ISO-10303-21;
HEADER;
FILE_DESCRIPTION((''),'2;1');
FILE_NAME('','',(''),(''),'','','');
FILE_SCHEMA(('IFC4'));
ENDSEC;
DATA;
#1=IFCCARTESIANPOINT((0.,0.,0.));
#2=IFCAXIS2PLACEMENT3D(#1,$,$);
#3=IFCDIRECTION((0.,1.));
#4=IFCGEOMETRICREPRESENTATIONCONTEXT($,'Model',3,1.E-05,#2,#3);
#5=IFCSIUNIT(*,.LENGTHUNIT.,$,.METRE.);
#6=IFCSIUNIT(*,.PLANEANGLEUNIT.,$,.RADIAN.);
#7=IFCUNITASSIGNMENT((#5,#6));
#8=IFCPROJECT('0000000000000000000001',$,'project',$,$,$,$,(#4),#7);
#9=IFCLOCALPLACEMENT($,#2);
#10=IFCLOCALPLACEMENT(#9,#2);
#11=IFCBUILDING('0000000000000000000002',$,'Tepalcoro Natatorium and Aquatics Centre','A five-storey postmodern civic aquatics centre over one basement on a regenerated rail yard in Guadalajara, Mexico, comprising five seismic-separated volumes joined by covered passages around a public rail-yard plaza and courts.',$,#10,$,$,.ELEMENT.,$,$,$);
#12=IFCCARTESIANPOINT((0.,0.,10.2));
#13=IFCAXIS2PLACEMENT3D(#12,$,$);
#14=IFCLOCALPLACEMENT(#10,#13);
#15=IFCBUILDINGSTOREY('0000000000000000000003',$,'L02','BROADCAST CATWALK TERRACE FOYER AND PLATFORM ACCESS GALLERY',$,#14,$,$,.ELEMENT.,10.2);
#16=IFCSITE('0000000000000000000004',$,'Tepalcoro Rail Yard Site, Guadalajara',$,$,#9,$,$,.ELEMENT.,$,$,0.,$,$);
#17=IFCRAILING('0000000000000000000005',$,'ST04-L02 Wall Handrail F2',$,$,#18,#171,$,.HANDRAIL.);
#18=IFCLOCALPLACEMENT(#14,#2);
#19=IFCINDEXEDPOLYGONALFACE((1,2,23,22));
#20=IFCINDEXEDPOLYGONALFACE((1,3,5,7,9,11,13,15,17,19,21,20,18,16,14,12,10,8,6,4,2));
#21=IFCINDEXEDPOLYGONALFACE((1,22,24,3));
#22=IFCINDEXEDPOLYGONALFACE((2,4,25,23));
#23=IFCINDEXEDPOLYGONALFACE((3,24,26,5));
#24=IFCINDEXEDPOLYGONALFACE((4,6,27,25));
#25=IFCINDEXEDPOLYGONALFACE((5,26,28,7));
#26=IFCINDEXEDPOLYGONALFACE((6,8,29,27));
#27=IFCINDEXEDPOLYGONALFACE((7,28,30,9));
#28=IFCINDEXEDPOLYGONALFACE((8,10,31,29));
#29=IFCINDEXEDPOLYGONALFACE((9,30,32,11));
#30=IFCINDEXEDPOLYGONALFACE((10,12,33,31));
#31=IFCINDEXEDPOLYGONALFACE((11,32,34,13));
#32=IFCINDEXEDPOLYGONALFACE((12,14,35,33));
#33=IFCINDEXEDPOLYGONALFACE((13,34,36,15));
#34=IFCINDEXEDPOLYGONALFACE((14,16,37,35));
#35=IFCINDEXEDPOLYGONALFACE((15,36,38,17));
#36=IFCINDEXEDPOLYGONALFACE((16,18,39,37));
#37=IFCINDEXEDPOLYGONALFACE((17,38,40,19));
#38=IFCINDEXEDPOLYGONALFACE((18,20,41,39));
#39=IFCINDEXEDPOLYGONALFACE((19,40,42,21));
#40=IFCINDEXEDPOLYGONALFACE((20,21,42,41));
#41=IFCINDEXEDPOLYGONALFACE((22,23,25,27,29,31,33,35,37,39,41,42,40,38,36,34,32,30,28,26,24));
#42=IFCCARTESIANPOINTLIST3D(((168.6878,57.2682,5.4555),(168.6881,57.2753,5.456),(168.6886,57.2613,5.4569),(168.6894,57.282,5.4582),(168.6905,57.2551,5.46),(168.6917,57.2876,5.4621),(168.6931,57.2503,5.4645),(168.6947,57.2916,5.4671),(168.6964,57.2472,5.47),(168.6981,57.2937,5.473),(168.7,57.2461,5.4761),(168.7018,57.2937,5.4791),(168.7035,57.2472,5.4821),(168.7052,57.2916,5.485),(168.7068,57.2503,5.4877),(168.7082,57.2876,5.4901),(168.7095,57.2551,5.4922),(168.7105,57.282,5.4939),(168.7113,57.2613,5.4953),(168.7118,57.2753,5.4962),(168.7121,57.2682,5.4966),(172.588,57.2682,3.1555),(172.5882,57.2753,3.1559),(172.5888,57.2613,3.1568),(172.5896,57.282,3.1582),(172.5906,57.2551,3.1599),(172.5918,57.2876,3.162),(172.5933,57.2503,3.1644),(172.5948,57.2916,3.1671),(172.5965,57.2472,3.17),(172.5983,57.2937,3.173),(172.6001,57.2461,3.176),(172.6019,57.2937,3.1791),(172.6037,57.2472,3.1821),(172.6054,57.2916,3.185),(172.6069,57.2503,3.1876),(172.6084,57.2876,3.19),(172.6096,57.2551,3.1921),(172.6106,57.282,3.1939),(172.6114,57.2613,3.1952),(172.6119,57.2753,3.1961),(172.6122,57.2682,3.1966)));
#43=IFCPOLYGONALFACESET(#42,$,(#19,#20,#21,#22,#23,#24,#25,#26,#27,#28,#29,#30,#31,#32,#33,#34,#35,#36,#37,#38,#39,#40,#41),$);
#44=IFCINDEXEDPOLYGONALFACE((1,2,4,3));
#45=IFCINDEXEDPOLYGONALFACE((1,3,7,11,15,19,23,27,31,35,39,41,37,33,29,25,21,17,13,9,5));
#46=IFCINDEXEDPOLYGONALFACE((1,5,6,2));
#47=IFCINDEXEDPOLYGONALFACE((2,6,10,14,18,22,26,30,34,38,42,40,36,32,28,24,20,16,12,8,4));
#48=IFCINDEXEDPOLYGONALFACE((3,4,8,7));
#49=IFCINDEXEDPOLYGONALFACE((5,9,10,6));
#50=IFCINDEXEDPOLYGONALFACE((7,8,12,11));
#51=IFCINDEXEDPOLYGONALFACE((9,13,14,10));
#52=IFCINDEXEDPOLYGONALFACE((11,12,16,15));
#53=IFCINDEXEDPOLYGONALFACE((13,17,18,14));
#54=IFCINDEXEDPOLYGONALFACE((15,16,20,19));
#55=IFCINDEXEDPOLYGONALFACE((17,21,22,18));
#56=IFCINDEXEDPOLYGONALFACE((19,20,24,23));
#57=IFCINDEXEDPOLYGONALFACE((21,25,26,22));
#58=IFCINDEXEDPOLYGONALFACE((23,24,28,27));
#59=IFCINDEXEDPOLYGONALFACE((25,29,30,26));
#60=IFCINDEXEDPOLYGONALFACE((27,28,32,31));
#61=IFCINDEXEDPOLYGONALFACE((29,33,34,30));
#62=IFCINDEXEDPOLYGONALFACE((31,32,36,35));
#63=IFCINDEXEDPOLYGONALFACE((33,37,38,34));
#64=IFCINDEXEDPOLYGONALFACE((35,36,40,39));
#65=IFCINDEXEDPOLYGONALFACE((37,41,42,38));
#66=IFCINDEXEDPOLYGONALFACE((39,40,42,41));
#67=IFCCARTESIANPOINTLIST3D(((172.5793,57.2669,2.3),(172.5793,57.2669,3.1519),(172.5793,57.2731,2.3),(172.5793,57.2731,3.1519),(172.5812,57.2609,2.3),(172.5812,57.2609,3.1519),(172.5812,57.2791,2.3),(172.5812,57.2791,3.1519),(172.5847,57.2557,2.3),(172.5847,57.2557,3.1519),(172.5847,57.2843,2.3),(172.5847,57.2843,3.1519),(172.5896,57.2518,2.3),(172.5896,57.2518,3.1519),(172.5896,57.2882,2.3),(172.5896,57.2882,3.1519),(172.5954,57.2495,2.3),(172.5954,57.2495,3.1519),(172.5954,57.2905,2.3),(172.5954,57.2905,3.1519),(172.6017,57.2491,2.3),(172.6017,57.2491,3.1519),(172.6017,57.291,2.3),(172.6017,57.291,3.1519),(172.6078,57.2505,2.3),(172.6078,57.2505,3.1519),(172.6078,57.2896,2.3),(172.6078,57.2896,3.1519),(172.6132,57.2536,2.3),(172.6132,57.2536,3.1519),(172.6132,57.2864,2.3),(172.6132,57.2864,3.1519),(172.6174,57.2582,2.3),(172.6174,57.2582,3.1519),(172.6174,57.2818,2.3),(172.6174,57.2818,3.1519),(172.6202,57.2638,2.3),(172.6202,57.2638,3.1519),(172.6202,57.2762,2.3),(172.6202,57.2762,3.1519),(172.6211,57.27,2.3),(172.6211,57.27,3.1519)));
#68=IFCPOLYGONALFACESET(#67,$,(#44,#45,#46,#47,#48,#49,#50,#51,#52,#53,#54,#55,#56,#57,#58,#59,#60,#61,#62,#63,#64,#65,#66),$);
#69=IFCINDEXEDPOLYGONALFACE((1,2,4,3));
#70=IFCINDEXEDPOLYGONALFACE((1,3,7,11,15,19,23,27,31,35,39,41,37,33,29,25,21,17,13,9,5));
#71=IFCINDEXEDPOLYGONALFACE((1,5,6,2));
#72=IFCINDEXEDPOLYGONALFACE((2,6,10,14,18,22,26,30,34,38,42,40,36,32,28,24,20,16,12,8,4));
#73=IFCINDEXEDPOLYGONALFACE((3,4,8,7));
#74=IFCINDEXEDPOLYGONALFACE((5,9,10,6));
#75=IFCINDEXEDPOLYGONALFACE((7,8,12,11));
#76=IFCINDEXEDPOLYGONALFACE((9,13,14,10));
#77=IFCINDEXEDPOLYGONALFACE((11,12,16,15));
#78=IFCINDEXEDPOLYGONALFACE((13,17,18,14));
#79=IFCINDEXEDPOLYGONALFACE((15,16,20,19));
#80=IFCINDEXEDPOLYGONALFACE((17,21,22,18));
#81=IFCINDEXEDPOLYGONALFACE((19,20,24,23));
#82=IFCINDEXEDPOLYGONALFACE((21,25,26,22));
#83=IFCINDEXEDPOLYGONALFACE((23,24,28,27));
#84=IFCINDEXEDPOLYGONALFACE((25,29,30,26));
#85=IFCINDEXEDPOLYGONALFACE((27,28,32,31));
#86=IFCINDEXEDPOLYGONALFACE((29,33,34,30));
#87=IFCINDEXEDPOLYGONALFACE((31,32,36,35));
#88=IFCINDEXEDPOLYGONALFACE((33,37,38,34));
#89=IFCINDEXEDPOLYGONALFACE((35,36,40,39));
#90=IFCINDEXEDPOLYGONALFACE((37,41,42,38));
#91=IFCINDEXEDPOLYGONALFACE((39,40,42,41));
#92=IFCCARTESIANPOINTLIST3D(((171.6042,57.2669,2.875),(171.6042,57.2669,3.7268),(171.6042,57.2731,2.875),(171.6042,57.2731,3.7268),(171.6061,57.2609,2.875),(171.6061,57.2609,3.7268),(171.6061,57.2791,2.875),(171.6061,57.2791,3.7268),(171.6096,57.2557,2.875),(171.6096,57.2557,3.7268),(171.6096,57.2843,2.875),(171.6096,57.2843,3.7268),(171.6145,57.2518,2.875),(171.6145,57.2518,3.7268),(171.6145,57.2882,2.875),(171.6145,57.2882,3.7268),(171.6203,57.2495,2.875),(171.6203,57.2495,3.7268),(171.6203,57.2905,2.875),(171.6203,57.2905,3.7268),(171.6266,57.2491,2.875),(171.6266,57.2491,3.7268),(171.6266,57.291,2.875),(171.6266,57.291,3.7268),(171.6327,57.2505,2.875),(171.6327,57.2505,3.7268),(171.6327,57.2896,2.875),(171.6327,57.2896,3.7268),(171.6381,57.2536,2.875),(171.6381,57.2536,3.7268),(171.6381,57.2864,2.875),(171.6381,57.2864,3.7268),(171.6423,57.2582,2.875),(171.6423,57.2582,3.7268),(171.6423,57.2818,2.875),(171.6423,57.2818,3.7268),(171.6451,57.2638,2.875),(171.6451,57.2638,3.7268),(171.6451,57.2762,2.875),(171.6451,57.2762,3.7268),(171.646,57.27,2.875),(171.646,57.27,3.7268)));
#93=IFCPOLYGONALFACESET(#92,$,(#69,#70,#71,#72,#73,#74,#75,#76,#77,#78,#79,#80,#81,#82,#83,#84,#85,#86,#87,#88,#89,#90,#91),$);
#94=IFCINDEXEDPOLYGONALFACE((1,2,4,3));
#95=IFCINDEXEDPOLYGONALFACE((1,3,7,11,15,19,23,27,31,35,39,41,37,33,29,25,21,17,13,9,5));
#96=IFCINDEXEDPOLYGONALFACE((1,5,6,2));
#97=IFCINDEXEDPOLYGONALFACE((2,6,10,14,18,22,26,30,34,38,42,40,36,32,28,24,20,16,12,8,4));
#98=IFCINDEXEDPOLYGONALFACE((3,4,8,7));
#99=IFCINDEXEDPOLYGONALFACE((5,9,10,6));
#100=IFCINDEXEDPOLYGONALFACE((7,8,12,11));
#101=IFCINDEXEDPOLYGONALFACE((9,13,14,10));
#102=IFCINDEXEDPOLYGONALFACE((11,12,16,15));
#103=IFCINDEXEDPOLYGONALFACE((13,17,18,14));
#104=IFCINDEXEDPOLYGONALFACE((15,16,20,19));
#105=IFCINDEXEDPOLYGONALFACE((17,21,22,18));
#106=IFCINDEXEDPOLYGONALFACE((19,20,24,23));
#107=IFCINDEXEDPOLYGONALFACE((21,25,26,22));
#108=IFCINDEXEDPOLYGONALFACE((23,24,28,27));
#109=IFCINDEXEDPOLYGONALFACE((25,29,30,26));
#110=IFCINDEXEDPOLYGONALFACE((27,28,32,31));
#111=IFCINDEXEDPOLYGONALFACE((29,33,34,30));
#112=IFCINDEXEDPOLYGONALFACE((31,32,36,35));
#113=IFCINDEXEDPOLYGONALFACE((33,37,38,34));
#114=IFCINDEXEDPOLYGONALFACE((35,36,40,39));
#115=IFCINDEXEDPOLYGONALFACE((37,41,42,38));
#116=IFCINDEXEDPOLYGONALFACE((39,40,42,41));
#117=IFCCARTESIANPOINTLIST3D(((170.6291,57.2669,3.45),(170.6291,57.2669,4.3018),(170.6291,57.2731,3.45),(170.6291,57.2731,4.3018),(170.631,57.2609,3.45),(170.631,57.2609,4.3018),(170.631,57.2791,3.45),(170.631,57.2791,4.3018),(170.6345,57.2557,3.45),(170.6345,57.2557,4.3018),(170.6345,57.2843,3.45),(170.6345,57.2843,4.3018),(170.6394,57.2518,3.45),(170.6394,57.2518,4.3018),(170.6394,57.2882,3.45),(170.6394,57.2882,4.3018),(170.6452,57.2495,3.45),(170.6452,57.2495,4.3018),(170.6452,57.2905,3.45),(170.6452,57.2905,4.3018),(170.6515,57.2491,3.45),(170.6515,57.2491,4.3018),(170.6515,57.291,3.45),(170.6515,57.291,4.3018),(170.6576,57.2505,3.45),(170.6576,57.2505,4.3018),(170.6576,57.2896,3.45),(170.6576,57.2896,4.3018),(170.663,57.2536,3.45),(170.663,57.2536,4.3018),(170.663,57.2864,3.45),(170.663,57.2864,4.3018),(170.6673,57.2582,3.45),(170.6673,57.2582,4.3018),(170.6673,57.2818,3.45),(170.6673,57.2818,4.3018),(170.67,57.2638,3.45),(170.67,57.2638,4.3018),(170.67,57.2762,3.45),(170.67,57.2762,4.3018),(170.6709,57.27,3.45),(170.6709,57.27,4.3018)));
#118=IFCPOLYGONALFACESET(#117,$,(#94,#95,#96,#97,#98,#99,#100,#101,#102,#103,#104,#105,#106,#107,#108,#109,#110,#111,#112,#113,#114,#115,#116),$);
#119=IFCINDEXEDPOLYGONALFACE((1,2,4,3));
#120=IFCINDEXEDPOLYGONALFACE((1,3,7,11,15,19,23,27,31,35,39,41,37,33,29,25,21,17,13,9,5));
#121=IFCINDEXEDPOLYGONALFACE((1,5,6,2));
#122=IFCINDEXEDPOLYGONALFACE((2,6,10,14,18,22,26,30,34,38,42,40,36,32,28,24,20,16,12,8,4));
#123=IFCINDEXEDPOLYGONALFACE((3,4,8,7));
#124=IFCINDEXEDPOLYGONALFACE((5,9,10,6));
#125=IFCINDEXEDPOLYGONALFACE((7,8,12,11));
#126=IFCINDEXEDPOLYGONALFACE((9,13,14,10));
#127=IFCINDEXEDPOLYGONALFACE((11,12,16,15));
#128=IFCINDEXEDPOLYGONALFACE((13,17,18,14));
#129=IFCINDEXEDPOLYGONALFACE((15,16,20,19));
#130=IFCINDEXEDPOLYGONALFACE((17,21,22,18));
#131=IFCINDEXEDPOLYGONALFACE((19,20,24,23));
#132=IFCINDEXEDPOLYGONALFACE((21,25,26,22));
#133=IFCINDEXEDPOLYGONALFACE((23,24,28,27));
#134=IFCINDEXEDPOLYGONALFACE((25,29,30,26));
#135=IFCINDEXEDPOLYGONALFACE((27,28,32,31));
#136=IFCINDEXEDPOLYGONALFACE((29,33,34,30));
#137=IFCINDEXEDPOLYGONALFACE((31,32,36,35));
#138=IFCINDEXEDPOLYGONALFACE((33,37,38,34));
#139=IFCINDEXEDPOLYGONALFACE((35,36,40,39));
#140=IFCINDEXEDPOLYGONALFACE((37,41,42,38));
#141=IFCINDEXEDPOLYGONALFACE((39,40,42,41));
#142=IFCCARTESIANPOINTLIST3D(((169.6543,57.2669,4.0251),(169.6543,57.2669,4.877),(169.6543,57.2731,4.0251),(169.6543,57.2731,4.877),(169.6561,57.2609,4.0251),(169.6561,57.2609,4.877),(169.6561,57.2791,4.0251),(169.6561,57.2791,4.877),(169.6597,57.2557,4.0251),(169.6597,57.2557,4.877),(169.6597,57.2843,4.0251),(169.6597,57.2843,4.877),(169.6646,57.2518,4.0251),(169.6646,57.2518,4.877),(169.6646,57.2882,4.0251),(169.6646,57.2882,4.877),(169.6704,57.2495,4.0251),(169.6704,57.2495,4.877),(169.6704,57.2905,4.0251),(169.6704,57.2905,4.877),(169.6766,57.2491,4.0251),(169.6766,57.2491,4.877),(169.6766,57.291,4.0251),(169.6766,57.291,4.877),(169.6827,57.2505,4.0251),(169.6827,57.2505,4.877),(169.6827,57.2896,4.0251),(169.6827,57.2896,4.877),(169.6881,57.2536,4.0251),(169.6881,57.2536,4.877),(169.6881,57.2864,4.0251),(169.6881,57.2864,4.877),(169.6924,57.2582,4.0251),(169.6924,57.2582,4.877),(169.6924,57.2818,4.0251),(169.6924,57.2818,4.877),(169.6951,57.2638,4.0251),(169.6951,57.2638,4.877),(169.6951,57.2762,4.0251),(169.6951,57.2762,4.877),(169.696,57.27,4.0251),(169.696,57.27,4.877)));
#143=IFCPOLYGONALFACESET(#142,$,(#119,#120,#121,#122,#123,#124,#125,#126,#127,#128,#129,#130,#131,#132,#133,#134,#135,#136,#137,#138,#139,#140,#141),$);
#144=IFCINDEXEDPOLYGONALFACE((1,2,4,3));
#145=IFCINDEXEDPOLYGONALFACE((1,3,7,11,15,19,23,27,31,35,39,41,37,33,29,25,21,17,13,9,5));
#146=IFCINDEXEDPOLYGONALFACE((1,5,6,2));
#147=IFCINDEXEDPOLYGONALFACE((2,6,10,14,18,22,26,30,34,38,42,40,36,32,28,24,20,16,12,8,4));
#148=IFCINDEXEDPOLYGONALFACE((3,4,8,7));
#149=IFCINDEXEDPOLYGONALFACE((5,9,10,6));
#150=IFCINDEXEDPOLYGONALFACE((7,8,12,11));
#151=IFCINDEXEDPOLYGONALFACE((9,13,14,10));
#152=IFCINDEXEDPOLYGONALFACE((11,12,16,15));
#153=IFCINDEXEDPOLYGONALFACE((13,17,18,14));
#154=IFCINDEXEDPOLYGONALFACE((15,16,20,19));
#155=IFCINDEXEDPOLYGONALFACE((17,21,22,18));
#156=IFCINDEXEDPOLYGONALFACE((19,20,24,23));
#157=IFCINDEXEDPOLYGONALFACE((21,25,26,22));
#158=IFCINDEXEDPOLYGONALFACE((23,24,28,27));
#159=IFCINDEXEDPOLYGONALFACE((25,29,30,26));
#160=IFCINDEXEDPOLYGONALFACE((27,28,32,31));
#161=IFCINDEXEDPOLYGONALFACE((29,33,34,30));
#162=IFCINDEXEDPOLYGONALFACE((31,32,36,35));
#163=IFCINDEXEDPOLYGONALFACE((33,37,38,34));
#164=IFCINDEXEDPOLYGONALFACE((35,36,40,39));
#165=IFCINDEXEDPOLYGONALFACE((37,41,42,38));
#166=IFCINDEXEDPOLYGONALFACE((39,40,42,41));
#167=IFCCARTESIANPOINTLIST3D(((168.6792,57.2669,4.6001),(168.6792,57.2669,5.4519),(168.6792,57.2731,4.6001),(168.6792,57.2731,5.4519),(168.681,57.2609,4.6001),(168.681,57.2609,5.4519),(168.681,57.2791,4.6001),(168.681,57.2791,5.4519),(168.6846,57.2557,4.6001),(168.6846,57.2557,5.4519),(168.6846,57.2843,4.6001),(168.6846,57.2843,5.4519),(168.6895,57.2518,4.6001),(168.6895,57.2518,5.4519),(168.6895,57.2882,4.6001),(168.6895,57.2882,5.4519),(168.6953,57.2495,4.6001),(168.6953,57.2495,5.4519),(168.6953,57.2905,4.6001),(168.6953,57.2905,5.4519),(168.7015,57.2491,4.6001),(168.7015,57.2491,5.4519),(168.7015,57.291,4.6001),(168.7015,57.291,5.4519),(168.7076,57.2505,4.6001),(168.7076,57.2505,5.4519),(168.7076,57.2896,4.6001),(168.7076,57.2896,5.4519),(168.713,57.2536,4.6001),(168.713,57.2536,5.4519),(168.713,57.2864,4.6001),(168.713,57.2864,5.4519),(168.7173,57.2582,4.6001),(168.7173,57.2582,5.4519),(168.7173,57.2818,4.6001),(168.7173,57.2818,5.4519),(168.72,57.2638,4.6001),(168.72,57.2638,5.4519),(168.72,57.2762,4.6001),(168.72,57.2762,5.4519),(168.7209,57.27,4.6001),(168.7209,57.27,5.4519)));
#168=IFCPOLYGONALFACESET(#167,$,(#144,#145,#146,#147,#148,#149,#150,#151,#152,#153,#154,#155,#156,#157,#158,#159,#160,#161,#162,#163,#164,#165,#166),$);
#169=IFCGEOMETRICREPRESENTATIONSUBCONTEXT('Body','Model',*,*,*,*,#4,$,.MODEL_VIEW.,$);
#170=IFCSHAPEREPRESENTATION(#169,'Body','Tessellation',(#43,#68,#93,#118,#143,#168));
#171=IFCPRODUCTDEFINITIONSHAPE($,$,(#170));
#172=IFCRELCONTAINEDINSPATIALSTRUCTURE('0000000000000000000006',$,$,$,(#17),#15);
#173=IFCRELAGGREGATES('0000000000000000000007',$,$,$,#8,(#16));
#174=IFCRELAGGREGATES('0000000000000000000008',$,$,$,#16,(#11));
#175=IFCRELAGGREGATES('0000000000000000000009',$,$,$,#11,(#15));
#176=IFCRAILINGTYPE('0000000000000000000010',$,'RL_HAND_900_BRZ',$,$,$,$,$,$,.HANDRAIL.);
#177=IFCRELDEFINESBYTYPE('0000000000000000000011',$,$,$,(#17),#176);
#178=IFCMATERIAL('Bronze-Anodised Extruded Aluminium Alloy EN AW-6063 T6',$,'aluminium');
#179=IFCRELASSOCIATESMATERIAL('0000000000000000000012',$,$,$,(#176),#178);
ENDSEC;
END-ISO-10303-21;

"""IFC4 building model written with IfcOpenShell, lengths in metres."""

from ifc_helpers import new_model, si_unit, direction, frame, origin, origin_2d, place, context, subcontext, project, spatial, circle, extrude, material, type_object, element, save


model = new_model("IFC4")

# Units and contexts
model_context = context("Model", 3, precision=1e-05, world=origin(), true_north=direction((0.0, 1.0)))
body_context = subcontext(model_context, "Body", "Model", "MODEL_VIEW")
ifc_project = project(units=[si_unit("LENGTHUNIT", "METRE"), si_unit("PLANEANGLEUNIT", "RADIAN")], contexts=[model_context])

# Site, building, storey
site_placement = place(None, origin())
site = spatial("IfcSite", under=ifc_project, at=site_placement, Name="Tepalcoro Rail Yard Site, Guadalajara", CompositionType="ELEMENT", RefElevation=0.0)
building_placement = place(site_placement, origin())
building = spatial("IfcBuilding", under=site, at=building_placement, Name="Tepalcoro Natatorium and Aquatics Centre", Description="A five-storey postmodern civic aquatics centre over one basement on a regenerated rail yard in Guadalajara, Mexico, comprising five seismic-separated volumes joined by covered passages around a public rail-yard plaza and courts.", CompositionType="ELEMENT")
storey_placement = place(building_placement, frame((0.0, 0.0, 10.2)))
storey = spatial("IfcBuildingStorey", under=building, at=storey_placement, Name="L02", Description="BROADCAST CATWALK TERRACE FOYER AND PLATFORM ACCESS GALLERY", CompositionType="ELEMENT", Elevation=10.2)

# Shared definitions
ifc_material_1 = material(Name="Bronze-Anodised Extruded Aluminium Alloy EN AW-6063 T6", Category="aluminium")

# Railing
railing_type_1 = type_object("IfcRailingType", Name="RL_HAND_900_BRZ", PredefinedType="HANDRAIL", material=ifc_material_1)
railing_1_placement = place(storey_placement, frame((172.6001, 57.27, 2.3)))
element("IfcRailing", 1, at=railing_1_placement, inside=storey, type_object=railing_type_1, Name="ST04-L02 Wall Handrail F2", PredefinedType="HANDRAIL", context=body_context, shape_type="SweptSolid", body=[
    extrude(circle(Radius=0.0239, at=origin_2d()), frame((0.0, 0.0, 0.876), z_axis=(-0.86137, 0.0, 0.507979), x_axis=(0.0, -1.0, 0.0)), (0.0, 0.0, 1.0), 4.5278),
    extrude(circle(Radius=0.021, at=origin_2d()), origin(), (0.0, 0.0, 1.0), 0.8518),
    extrude(circle(Radius=0.021, at=origin_2d()), frame((-0.9751, 0.0, 0.575)), (0.0, 0.0, 1.0), 0.8518),
    extrude(circle(Radius=0.021, at=origin_2d()), frame((-1.9502, 0.0, 1.1499)), (0.0, 0.0, 1.0), 0.8518),
    extrude(circle(Radius=0.021, at=origin_2d()), frame((-2.925, 0.0, 1.7251)), (0.0, 0.0, 1.0), 0.8518),
    extrude(circle(Radius=0.021, at=origin_2d()), frame((-3.9001, 0.0, 2.3)), (0.0, 0.0, 1.0), 0.8518),
])

save(model, "model.ifc")
